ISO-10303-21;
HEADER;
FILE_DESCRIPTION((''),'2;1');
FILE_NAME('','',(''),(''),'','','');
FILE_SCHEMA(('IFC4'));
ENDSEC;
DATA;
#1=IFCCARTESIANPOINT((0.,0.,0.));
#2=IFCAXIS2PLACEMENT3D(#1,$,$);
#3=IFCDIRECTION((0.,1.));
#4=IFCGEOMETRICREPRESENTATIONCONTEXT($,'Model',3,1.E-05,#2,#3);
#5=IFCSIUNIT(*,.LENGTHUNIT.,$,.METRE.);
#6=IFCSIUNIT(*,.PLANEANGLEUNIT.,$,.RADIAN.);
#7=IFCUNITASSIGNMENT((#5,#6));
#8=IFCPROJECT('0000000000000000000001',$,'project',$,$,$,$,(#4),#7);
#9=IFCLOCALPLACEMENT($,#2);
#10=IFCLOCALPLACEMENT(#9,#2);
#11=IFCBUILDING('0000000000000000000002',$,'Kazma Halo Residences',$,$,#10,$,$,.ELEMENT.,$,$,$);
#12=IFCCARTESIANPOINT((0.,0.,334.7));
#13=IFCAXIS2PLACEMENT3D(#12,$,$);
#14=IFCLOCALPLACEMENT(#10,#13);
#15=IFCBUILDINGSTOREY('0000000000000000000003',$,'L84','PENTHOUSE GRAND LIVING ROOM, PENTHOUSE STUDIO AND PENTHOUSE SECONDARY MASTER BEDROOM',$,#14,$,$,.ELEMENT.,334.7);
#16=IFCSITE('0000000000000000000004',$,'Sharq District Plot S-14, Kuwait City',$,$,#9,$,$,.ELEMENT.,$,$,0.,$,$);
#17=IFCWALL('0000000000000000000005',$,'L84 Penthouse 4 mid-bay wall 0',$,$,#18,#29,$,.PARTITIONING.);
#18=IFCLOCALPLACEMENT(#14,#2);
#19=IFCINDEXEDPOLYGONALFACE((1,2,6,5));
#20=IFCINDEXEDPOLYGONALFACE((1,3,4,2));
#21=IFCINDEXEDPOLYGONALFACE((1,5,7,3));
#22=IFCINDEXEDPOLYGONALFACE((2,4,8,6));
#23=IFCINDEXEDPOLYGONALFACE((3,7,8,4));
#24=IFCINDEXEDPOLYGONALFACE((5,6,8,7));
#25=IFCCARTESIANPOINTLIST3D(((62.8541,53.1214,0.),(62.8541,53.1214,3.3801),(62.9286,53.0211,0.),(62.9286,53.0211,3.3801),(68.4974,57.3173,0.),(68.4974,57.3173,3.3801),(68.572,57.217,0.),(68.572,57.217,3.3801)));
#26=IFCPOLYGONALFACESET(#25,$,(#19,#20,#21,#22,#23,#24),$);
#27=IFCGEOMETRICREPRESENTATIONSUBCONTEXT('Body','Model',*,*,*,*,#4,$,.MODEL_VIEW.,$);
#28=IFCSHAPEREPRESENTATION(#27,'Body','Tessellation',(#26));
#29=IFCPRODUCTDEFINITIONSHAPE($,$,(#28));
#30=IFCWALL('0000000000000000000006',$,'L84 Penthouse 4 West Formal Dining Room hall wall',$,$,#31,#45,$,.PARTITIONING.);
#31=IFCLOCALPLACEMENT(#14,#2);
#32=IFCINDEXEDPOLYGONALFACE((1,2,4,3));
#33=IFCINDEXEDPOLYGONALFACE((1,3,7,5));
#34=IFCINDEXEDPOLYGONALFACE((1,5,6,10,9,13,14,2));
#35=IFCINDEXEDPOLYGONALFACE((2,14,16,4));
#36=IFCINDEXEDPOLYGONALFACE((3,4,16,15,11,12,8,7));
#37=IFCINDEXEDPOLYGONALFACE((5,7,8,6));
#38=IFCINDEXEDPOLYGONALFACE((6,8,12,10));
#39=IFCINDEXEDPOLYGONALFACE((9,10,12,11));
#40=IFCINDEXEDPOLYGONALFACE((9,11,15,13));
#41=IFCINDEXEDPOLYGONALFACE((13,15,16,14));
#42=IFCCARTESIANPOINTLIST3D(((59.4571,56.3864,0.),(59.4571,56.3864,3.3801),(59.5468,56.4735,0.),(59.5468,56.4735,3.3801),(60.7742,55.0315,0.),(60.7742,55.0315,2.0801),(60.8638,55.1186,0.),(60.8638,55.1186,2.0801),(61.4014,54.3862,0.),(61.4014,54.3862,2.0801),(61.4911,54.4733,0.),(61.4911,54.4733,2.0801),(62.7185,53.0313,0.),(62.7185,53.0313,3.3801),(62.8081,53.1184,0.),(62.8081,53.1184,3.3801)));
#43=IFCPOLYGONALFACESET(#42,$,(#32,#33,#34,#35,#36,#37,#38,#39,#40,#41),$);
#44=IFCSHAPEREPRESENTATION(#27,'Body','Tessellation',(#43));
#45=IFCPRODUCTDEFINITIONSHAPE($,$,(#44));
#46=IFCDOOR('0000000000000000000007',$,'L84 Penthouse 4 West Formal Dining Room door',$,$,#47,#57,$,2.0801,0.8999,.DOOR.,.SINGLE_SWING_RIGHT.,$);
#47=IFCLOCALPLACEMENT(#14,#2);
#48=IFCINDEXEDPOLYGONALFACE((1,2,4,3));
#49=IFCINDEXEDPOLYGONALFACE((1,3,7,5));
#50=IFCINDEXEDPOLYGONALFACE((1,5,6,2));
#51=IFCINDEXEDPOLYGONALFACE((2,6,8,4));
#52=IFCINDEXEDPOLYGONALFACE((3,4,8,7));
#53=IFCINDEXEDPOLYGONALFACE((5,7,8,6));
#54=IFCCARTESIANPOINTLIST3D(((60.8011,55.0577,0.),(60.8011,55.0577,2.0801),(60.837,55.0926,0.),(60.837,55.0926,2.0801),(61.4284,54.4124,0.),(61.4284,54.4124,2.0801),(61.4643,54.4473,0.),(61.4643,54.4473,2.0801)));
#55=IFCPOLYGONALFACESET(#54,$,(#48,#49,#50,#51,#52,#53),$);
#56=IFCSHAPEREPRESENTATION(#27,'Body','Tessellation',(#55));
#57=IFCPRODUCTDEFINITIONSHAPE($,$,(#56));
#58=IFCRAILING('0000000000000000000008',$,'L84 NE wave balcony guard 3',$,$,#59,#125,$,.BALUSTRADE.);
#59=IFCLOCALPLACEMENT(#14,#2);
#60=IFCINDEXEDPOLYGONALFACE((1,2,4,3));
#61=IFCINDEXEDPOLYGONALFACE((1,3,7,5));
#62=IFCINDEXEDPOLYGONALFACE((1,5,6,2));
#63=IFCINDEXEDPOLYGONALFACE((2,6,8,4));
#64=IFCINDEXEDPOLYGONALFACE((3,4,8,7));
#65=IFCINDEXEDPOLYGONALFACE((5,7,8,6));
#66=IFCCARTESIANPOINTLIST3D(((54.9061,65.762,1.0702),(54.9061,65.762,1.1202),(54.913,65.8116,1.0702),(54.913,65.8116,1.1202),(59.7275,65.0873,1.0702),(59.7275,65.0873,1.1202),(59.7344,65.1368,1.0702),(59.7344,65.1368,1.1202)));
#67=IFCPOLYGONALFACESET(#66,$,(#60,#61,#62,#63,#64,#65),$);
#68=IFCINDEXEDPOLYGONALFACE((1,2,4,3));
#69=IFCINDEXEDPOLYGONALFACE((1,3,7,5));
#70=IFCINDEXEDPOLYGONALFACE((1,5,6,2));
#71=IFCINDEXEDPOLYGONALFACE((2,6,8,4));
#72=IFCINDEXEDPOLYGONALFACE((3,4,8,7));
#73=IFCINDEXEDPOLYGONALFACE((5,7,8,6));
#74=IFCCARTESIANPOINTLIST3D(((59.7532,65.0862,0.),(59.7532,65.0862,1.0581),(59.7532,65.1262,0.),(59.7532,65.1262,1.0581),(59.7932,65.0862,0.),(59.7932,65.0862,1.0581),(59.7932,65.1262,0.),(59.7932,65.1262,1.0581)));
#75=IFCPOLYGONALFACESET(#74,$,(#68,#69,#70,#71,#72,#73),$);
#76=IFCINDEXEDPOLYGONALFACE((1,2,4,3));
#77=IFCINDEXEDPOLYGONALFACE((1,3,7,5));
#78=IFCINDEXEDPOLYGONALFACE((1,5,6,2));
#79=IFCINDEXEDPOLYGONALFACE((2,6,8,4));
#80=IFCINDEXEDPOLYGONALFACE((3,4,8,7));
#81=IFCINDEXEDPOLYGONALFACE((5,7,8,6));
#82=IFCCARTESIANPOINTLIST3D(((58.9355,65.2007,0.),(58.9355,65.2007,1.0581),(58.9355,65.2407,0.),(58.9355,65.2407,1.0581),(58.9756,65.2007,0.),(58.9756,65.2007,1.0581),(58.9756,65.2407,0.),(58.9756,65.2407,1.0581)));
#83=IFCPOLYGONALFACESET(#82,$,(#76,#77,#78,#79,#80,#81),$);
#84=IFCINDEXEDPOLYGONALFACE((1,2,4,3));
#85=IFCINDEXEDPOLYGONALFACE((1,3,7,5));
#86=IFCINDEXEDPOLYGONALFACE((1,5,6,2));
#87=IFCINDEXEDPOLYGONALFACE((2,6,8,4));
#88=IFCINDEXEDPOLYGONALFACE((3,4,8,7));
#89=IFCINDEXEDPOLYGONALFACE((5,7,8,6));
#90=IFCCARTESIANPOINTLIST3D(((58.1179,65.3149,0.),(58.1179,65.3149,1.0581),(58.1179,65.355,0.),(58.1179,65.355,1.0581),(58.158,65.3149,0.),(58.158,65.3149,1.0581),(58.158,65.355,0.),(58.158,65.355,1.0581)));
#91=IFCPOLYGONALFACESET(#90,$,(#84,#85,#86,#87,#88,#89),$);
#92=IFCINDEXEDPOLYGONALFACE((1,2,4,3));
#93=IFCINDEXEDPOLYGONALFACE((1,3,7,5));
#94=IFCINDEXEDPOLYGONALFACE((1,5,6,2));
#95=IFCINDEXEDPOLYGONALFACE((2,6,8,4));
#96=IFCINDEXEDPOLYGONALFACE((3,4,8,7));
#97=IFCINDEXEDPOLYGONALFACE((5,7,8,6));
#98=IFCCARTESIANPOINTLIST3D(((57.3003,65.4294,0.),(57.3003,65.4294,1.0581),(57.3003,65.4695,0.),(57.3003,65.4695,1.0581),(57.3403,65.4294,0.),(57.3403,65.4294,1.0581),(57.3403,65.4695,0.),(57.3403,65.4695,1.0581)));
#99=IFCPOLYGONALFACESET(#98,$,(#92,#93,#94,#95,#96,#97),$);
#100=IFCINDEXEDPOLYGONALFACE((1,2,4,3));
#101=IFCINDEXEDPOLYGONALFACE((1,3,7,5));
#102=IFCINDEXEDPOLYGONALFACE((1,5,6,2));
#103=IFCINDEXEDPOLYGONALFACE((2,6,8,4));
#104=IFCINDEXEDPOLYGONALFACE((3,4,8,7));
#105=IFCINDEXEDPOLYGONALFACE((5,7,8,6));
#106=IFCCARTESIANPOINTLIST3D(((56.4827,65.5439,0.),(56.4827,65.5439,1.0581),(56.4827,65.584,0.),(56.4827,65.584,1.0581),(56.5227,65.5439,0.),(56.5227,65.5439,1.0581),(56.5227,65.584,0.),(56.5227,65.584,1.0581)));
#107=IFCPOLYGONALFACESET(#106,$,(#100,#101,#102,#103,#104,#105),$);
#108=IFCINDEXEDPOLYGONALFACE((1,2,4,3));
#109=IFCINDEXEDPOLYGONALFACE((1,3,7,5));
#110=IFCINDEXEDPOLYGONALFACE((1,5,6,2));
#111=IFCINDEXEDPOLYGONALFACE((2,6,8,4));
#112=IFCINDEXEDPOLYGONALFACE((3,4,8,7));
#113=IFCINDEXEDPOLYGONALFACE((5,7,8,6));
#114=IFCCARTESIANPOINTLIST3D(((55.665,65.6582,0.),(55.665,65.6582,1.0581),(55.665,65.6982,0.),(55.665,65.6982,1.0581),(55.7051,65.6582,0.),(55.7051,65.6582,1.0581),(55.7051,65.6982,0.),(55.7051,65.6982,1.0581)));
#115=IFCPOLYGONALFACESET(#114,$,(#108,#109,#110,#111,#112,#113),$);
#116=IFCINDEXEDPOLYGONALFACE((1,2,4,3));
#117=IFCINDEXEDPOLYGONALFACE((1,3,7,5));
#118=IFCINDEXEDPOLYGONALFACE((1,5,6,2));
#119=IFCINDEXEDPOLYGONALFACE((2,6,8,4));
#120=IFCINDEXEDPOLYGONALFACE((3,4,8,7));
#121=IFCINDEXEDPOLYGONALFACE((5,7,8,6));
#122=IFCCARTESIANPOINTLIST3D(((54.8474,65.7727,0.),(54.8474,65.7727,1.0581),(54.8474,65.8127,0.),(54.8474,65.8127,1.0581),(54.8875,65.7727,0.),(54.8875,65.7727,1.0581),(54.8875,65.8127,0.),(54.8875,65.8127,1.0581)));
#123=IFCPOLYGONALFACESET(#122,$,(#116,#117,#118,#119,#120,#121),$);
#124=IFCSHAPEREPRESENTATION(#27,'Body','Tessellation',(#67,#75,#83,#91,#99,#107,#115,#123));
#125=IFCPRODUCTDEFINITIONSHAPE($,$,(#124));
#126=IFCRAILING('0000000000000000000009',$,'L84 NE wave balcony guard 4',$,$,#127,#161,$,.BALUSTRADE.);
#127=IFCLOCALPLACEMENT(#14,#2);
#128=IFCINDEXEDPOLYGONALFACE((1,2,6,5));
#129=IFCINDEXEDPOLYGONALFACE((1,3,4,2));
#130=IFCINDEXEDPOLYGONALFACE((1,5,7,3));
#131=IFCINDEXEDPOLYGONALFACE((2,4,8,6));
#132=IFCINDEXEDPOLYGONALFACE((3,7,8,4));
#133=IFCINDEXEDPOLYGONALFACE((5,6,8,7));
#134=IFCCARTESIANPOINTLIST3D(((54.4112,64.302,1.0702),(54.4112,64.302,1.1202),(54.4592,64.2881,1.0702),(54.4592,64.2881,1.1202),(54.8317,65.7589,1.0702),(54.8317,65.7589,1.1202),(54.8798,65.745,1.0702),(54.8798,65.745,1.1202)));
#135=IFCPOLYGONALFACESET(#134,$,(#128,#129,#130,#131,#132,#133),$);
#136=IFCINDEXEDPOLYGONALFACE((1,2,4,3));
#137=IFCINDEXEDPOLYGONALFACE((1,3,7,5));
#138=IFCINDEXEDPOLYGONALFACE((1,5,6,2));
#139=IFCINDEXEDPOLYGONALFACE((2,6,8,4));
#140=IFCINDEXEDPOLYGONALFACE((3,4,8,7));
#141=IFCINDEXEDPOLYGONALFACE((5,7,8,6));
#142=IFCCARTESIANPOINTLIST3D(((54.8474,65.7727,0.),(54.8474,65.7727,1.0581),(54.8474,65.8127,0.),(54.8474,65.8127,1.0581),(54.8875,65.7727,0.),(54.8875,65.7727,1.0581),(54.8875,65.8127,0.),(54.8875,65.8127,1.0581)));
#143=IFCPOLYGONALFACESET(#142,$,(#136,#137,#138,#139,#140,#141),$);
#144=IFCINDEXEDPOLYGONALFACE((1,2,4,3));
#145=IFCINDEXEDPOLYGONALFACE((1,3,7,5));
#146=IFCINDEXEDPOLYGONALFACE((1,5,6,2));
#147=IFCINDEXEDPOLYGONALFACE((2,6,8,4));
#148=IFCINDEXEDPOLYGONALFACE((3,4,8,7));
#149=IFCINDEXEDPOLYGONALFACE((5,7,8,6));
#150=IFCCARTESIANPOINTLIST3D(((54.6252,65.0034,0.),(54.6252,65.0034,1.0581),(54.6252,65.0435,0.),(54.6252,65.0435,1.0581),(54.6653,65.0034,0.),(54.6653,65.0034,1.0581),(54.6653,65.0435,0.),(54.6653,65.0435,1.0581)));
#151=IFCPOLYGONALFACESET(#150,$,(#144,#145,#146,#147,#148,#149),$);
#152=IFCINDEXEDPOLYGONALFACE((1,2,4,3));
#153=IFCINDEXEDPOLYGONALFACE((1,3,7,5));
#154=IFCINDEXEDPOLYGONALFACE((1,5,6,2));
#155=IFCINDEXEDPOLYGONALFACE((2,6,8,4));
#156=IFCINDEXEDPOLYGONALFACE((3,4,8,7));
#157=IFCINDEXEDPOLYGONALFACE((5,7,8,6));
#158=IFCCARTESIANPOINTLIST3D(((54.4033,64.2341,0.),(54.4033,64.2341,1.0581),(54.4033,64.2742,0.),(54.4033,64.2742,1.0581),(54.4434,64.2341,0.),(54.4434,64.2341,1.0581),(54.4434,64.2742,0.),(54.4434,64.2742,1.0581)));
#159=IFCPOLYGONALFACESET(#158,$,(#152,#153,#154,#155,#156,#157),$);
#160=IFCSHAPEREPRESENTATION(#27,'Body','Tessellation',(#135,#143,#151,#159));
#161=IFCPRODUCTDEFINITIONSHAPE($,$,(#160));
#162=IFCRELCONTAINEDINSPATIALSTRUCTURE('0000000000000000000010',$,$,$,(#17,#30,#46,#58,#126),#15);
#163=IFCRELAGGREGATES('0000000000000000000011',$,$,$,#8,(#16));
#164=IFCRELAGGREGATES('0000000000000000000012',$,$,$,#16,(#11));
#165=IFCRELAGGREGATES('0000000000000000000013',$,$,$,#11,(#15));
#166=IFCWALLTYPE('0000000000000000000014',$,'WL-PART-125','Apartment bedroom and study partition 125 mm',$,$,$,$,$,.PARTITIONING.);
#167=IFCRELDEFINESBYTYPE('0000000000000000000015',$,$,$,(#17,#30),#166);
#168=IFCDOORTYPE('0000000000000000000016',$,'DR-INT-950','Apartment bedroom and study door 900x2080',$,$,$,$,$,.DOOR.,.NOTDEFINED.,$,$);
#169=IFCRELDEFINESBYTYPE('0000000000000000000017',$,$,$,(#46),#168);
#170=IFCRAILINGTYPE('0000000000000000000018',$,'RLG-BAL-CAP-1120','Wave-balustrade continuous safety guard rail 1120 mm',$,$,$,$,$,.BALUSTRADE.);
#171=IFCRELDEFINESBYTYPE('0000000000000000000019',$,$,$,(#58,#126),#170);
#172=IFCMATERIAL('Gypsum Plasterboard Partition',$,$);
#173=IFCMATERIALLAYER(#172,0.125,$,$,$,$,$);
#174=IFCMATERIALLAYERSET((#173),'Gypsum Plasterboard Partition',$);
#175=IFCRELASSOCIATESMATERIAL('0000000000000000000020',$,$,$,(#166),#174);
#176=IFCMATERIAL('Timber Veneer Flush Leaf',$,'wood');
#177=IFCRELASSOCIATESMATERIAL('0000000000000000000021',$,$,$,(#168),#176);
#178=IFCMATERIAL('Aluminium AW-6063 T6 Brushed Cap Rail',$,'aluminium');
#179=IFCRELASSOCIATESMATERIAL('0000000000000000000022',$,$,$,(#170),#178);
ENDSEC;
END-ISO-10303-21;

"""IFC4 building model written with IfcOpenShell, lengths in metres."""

from ifc_helpers import new_model, si_unit, direction, frame, frame_2d, origin, origin_2d, place, context, subcontext, project, spatial, rectangle, extrude, material, layer, layer_set, type_object, element, fill, save


model = new_model("IFC4")

# Units and contexts
model_context = context("Model", 3, precision=1e-05, world=origin(), true_north=direction((0.0, 1.0)))
body_context = subcontext(model_context, "Body", "Model", "MODEL_VIEW")
ifc_project = project(units=[si_unit("LENGTHUNIT", "METRE"), si_unit("PLANEANGLEUNIT", "RADIAN")], contexts=[model_context])

# Site, building, storey
site_placement = place(None, origin())
site = spatial("IfcSite", under=ifc_project, at=site_placement, Name="Sharq District Plot S-14, Kuwait City", CompositionType="ELEMENT", RefElevation=0.0)
building_placement = place(site_placement, origin())
building = spatial("IfcBuilding", under=site, at=building_placement, Name="Kazma Halo Residences", CompositionType="ELEMENT")
storey_placement = place(building_placement, frame((0.0, 0.0, 334.7)))
storey = spatial("IfcBuildingStorey", under=building, at=storey_placement, Name="L84", Description="PENTHOUSE GRAND LIVING ROOM, PENTHOUSE STUDIO AND PENTHOUSE SECONDARY MASTER BEDROOM", CompositionType="ELEMENT", Elevation=334.7)

# Wall
ifc_material_1 = material(Name="Gypsum Plasterboard Partition")
ifc_layer_1 = layer(ifc_material_1, 0.125)
ifc_layer_set_1 = layer_set([ifc_layer_1], Name="Gypsum Plasterboard Partition")
wall_type_1 = type_object("IfcWallType", Name="WL-PART-125", Description="Apartment bedroom and study partition 125 mm", PredefinedType="PARTITIONING", material=ifc_layer_set_1)
wall_1_placement = place(storey_placement, frame((62.8914, 53.0713, 0.0), z_axis=(0.0, 0.0, 1.0), x_axis=(0.802497, 0.596656, 0.0)))
element("IfcWall", 1, at=wall_1_placement, inside=storey, type_object=wall_type_1, Name="L84 Penthouse 4 mid-bay wall 0", PredefinedType="PARTITIONING", context=body_context, shape_type="SweptSolid", body=[
    extrude(rectangle(XDim=7.0322, YDim=0.125, at=frame_2d((3.5161, 0.0))), origin(), (0.0, 0.0, 1.0), 3.3801),
])

# Wall, opening, door
wall_2_placement = place(storey_placement, frame((62.7632, 53.075, 0.0), z_axis=(0.0, 0.0, 1.0), x_axis=(-0.697017, 0.717054, 0.0)))
wall_2 = element("IfcWall", 2, at=wall_2_placement, inside=storey, type_object=wall_type_1, Name="L84 Penthouse 4 West Formal Dining Room hall wall", PredefinedType="PARTITIONING", context=body_context, shape_type="SweptSolid", body=[
    extrude(rectangle(XDim=4.679, YDim=0.125, at=frame_2d((2.3394, 0.0))), origin(), (0.0, 0.0, 1.0), 3.3801),
])
opening_1_placement = place(wall_2_placement, frame((1.8894, 0.0, 0.0)))
opening_1 = element("IfcOpeningElement", 3, at=opening_1_placement, cuts=wall_2, PredefinedType="OPENING", context=body_context, shape_type="SweptSolid", body=[
    extrude(rectangle(XDim=0.8999, YDim=2.0801, at=frame_2d((0.45, 1.04))), frame((0.0, 0.0725, 0.0), z_axis=(0.0, -1.0, 0.0), x_axis=(1.0, 0.0, 0.0)), (0.0, 0.0, 1.0), 0.145),
])
ifc_material_2 = material(Name="Timber Veneer Flush Leaf", Category="wood")
door_type_1 = type_object("IfcDoorType", Name="DR-INT-950", Description="Apartment bedroom and study door 900x2080", OperationType="NOTDEFINED", PredefinedType="DOOR", material=ifc_material_2)
door_1_placement = place(opening_1_placement, origin())
door_1 = element("IfcDoor", 4, at=door_1_placement, inside=storey, type_object=door_type_1, Name="L84 Penthouse 4 West Formal Dining Room door", OperationType="SINGLE_SWING_RIGHT", OverallHeight=2.0801, OverallWidth=0.8999, PredefinedType="DOOR", context=body_context, shape_type="SweptSolid", body=[
    extrude(rectangle(XDim=0.8999, YDim=2.0801, at=frame_2d((0.45, 1.04))), frame((0.0, 0.0249, 0.0), z_axis=(0.0, -1.0, 0.0), x_axis=(1.0, 0.0, 0.0)), (0.0, 0.0, 1.0), 0.05),
])
fill(opening_1, door_1)

# Railings
ifc_material_3 = material(Name="Aluminium AW-6063 T6 Brushed Cap Rail", Category="aluminium")
railing_type_1 = type_object("IfcRailingType", Name="RLG-BAL-CAP-1120", Description="Wave-balustrade continuous safety guard rail 1120 mm", PredefinedType="BALUSTRADE", material=ifc_material_3)
railing_1_placement = place(storey_placement, frame((59.7732, 65.1062, 0.0)))
element("IfcRailing", 5, at=railing_1_placement, inside=storey, type_object=railing_type_1, Name="L84 NE wave balcony guard 3", PredefinedType="BALUSTRADE", context=body_context, shape_type="SweptSolid", body=[
    extrude(rectangle(XDim=0.05, YDim=0.05, at=origin_2d()), frame((-0.0422, 0.0059, 1.0952), z_axis=(-0.99035, 0.138592, 0.0), x_axis=(-0.138592, -0.99035, 0.0)), (0.0, 0.0, 1.0), 4.8684),
    extrude(rectangle(XDim=0.04, YDim=0.04, at=origin_2d()), origin(), (0.0, 0.0, 1.0), 1.0581),
    extrude(rectangle(XDim=0.04, YDim=0.04, at=origin_2d()), frame((-0.8176, 0.1145, 0.0)), (0.0, 0.0, 1.0), 1.0581),
    extrude(rectangle(XDim=0.04, YDim=0.04, at=origin_2d()), frame((-1.6353, 0.2288, 0.0)), (0.0, 0.0, 1.0), 1.0581),
    extrude(rectangle(XDim=0.04, YDim=0.04, at=origin_2d()), frame((-2.4529, 0.3433, 0.0)), (0.0, 0.0, 1.0), 1.0581),
    extrude(rectangle(XDim=0.04, YDim=0.04, at=origin_2d()), frame((-3.2705, 0.4578, 0.0)), (0.0, 0.0, 1.0), 1.0581),
    extrude(rectangle(XDim=0.04, YDim=0.04, at=origin_2d()), frame((-4.0881, 0.572, 0.0)), (0.0, 0.0, 1.0), 1.0581),
    extrude(rectangle(XDim=0.04, YDim=0.04, at=origin_2d()), frame((-4.9058, 0.6865, 0.0)), (0.0, 0.0, 1.0), 1.0581),
])
railing_2_placement = place(storey_placement, frame((54.8674, 65.7927, 0.0)))
element("IfcRailing", 6, at=railing_2_placement, inside=storey, type_object=railing_type_1, Name="L84 NE wave balcony guard 4", PredefinedType="BALUSTRADE", context=body_context, shape_type="SweptSolid", body=[
    extrude(rectangle(XDim=0.05, YDim=0.05, at=origin_2d()), frame((-0.0117, -0.0408, 1.0952), z_axis=(-0.277318, -0.960778, 0.0), x_axis=(0.960778, -0.277318, 0.0)), (0.0, 0.0, 1.0), 1.5164),
    extrude(rectangle(XDim=0.04, YDim=0.04, at=origin_2d()), origin(), (0.0, 0.0, 1.0), 1.0581),
    extrude(rectangle(XDim=0.04, YDim=0.04, at=origin_2d()), frame((-0.2222, -0.7693, 0.0)), (0.0, 0.0, 1.0), 1.0581),
    extrude(rectangle(XDim=0.04, YDim=0.04, at=origin_2d()), frame((-0.4441, -1.5386, 0.0)), (0.0, 0.0, 1.0), 1.0581),
])

save(model, "model.ifc")
